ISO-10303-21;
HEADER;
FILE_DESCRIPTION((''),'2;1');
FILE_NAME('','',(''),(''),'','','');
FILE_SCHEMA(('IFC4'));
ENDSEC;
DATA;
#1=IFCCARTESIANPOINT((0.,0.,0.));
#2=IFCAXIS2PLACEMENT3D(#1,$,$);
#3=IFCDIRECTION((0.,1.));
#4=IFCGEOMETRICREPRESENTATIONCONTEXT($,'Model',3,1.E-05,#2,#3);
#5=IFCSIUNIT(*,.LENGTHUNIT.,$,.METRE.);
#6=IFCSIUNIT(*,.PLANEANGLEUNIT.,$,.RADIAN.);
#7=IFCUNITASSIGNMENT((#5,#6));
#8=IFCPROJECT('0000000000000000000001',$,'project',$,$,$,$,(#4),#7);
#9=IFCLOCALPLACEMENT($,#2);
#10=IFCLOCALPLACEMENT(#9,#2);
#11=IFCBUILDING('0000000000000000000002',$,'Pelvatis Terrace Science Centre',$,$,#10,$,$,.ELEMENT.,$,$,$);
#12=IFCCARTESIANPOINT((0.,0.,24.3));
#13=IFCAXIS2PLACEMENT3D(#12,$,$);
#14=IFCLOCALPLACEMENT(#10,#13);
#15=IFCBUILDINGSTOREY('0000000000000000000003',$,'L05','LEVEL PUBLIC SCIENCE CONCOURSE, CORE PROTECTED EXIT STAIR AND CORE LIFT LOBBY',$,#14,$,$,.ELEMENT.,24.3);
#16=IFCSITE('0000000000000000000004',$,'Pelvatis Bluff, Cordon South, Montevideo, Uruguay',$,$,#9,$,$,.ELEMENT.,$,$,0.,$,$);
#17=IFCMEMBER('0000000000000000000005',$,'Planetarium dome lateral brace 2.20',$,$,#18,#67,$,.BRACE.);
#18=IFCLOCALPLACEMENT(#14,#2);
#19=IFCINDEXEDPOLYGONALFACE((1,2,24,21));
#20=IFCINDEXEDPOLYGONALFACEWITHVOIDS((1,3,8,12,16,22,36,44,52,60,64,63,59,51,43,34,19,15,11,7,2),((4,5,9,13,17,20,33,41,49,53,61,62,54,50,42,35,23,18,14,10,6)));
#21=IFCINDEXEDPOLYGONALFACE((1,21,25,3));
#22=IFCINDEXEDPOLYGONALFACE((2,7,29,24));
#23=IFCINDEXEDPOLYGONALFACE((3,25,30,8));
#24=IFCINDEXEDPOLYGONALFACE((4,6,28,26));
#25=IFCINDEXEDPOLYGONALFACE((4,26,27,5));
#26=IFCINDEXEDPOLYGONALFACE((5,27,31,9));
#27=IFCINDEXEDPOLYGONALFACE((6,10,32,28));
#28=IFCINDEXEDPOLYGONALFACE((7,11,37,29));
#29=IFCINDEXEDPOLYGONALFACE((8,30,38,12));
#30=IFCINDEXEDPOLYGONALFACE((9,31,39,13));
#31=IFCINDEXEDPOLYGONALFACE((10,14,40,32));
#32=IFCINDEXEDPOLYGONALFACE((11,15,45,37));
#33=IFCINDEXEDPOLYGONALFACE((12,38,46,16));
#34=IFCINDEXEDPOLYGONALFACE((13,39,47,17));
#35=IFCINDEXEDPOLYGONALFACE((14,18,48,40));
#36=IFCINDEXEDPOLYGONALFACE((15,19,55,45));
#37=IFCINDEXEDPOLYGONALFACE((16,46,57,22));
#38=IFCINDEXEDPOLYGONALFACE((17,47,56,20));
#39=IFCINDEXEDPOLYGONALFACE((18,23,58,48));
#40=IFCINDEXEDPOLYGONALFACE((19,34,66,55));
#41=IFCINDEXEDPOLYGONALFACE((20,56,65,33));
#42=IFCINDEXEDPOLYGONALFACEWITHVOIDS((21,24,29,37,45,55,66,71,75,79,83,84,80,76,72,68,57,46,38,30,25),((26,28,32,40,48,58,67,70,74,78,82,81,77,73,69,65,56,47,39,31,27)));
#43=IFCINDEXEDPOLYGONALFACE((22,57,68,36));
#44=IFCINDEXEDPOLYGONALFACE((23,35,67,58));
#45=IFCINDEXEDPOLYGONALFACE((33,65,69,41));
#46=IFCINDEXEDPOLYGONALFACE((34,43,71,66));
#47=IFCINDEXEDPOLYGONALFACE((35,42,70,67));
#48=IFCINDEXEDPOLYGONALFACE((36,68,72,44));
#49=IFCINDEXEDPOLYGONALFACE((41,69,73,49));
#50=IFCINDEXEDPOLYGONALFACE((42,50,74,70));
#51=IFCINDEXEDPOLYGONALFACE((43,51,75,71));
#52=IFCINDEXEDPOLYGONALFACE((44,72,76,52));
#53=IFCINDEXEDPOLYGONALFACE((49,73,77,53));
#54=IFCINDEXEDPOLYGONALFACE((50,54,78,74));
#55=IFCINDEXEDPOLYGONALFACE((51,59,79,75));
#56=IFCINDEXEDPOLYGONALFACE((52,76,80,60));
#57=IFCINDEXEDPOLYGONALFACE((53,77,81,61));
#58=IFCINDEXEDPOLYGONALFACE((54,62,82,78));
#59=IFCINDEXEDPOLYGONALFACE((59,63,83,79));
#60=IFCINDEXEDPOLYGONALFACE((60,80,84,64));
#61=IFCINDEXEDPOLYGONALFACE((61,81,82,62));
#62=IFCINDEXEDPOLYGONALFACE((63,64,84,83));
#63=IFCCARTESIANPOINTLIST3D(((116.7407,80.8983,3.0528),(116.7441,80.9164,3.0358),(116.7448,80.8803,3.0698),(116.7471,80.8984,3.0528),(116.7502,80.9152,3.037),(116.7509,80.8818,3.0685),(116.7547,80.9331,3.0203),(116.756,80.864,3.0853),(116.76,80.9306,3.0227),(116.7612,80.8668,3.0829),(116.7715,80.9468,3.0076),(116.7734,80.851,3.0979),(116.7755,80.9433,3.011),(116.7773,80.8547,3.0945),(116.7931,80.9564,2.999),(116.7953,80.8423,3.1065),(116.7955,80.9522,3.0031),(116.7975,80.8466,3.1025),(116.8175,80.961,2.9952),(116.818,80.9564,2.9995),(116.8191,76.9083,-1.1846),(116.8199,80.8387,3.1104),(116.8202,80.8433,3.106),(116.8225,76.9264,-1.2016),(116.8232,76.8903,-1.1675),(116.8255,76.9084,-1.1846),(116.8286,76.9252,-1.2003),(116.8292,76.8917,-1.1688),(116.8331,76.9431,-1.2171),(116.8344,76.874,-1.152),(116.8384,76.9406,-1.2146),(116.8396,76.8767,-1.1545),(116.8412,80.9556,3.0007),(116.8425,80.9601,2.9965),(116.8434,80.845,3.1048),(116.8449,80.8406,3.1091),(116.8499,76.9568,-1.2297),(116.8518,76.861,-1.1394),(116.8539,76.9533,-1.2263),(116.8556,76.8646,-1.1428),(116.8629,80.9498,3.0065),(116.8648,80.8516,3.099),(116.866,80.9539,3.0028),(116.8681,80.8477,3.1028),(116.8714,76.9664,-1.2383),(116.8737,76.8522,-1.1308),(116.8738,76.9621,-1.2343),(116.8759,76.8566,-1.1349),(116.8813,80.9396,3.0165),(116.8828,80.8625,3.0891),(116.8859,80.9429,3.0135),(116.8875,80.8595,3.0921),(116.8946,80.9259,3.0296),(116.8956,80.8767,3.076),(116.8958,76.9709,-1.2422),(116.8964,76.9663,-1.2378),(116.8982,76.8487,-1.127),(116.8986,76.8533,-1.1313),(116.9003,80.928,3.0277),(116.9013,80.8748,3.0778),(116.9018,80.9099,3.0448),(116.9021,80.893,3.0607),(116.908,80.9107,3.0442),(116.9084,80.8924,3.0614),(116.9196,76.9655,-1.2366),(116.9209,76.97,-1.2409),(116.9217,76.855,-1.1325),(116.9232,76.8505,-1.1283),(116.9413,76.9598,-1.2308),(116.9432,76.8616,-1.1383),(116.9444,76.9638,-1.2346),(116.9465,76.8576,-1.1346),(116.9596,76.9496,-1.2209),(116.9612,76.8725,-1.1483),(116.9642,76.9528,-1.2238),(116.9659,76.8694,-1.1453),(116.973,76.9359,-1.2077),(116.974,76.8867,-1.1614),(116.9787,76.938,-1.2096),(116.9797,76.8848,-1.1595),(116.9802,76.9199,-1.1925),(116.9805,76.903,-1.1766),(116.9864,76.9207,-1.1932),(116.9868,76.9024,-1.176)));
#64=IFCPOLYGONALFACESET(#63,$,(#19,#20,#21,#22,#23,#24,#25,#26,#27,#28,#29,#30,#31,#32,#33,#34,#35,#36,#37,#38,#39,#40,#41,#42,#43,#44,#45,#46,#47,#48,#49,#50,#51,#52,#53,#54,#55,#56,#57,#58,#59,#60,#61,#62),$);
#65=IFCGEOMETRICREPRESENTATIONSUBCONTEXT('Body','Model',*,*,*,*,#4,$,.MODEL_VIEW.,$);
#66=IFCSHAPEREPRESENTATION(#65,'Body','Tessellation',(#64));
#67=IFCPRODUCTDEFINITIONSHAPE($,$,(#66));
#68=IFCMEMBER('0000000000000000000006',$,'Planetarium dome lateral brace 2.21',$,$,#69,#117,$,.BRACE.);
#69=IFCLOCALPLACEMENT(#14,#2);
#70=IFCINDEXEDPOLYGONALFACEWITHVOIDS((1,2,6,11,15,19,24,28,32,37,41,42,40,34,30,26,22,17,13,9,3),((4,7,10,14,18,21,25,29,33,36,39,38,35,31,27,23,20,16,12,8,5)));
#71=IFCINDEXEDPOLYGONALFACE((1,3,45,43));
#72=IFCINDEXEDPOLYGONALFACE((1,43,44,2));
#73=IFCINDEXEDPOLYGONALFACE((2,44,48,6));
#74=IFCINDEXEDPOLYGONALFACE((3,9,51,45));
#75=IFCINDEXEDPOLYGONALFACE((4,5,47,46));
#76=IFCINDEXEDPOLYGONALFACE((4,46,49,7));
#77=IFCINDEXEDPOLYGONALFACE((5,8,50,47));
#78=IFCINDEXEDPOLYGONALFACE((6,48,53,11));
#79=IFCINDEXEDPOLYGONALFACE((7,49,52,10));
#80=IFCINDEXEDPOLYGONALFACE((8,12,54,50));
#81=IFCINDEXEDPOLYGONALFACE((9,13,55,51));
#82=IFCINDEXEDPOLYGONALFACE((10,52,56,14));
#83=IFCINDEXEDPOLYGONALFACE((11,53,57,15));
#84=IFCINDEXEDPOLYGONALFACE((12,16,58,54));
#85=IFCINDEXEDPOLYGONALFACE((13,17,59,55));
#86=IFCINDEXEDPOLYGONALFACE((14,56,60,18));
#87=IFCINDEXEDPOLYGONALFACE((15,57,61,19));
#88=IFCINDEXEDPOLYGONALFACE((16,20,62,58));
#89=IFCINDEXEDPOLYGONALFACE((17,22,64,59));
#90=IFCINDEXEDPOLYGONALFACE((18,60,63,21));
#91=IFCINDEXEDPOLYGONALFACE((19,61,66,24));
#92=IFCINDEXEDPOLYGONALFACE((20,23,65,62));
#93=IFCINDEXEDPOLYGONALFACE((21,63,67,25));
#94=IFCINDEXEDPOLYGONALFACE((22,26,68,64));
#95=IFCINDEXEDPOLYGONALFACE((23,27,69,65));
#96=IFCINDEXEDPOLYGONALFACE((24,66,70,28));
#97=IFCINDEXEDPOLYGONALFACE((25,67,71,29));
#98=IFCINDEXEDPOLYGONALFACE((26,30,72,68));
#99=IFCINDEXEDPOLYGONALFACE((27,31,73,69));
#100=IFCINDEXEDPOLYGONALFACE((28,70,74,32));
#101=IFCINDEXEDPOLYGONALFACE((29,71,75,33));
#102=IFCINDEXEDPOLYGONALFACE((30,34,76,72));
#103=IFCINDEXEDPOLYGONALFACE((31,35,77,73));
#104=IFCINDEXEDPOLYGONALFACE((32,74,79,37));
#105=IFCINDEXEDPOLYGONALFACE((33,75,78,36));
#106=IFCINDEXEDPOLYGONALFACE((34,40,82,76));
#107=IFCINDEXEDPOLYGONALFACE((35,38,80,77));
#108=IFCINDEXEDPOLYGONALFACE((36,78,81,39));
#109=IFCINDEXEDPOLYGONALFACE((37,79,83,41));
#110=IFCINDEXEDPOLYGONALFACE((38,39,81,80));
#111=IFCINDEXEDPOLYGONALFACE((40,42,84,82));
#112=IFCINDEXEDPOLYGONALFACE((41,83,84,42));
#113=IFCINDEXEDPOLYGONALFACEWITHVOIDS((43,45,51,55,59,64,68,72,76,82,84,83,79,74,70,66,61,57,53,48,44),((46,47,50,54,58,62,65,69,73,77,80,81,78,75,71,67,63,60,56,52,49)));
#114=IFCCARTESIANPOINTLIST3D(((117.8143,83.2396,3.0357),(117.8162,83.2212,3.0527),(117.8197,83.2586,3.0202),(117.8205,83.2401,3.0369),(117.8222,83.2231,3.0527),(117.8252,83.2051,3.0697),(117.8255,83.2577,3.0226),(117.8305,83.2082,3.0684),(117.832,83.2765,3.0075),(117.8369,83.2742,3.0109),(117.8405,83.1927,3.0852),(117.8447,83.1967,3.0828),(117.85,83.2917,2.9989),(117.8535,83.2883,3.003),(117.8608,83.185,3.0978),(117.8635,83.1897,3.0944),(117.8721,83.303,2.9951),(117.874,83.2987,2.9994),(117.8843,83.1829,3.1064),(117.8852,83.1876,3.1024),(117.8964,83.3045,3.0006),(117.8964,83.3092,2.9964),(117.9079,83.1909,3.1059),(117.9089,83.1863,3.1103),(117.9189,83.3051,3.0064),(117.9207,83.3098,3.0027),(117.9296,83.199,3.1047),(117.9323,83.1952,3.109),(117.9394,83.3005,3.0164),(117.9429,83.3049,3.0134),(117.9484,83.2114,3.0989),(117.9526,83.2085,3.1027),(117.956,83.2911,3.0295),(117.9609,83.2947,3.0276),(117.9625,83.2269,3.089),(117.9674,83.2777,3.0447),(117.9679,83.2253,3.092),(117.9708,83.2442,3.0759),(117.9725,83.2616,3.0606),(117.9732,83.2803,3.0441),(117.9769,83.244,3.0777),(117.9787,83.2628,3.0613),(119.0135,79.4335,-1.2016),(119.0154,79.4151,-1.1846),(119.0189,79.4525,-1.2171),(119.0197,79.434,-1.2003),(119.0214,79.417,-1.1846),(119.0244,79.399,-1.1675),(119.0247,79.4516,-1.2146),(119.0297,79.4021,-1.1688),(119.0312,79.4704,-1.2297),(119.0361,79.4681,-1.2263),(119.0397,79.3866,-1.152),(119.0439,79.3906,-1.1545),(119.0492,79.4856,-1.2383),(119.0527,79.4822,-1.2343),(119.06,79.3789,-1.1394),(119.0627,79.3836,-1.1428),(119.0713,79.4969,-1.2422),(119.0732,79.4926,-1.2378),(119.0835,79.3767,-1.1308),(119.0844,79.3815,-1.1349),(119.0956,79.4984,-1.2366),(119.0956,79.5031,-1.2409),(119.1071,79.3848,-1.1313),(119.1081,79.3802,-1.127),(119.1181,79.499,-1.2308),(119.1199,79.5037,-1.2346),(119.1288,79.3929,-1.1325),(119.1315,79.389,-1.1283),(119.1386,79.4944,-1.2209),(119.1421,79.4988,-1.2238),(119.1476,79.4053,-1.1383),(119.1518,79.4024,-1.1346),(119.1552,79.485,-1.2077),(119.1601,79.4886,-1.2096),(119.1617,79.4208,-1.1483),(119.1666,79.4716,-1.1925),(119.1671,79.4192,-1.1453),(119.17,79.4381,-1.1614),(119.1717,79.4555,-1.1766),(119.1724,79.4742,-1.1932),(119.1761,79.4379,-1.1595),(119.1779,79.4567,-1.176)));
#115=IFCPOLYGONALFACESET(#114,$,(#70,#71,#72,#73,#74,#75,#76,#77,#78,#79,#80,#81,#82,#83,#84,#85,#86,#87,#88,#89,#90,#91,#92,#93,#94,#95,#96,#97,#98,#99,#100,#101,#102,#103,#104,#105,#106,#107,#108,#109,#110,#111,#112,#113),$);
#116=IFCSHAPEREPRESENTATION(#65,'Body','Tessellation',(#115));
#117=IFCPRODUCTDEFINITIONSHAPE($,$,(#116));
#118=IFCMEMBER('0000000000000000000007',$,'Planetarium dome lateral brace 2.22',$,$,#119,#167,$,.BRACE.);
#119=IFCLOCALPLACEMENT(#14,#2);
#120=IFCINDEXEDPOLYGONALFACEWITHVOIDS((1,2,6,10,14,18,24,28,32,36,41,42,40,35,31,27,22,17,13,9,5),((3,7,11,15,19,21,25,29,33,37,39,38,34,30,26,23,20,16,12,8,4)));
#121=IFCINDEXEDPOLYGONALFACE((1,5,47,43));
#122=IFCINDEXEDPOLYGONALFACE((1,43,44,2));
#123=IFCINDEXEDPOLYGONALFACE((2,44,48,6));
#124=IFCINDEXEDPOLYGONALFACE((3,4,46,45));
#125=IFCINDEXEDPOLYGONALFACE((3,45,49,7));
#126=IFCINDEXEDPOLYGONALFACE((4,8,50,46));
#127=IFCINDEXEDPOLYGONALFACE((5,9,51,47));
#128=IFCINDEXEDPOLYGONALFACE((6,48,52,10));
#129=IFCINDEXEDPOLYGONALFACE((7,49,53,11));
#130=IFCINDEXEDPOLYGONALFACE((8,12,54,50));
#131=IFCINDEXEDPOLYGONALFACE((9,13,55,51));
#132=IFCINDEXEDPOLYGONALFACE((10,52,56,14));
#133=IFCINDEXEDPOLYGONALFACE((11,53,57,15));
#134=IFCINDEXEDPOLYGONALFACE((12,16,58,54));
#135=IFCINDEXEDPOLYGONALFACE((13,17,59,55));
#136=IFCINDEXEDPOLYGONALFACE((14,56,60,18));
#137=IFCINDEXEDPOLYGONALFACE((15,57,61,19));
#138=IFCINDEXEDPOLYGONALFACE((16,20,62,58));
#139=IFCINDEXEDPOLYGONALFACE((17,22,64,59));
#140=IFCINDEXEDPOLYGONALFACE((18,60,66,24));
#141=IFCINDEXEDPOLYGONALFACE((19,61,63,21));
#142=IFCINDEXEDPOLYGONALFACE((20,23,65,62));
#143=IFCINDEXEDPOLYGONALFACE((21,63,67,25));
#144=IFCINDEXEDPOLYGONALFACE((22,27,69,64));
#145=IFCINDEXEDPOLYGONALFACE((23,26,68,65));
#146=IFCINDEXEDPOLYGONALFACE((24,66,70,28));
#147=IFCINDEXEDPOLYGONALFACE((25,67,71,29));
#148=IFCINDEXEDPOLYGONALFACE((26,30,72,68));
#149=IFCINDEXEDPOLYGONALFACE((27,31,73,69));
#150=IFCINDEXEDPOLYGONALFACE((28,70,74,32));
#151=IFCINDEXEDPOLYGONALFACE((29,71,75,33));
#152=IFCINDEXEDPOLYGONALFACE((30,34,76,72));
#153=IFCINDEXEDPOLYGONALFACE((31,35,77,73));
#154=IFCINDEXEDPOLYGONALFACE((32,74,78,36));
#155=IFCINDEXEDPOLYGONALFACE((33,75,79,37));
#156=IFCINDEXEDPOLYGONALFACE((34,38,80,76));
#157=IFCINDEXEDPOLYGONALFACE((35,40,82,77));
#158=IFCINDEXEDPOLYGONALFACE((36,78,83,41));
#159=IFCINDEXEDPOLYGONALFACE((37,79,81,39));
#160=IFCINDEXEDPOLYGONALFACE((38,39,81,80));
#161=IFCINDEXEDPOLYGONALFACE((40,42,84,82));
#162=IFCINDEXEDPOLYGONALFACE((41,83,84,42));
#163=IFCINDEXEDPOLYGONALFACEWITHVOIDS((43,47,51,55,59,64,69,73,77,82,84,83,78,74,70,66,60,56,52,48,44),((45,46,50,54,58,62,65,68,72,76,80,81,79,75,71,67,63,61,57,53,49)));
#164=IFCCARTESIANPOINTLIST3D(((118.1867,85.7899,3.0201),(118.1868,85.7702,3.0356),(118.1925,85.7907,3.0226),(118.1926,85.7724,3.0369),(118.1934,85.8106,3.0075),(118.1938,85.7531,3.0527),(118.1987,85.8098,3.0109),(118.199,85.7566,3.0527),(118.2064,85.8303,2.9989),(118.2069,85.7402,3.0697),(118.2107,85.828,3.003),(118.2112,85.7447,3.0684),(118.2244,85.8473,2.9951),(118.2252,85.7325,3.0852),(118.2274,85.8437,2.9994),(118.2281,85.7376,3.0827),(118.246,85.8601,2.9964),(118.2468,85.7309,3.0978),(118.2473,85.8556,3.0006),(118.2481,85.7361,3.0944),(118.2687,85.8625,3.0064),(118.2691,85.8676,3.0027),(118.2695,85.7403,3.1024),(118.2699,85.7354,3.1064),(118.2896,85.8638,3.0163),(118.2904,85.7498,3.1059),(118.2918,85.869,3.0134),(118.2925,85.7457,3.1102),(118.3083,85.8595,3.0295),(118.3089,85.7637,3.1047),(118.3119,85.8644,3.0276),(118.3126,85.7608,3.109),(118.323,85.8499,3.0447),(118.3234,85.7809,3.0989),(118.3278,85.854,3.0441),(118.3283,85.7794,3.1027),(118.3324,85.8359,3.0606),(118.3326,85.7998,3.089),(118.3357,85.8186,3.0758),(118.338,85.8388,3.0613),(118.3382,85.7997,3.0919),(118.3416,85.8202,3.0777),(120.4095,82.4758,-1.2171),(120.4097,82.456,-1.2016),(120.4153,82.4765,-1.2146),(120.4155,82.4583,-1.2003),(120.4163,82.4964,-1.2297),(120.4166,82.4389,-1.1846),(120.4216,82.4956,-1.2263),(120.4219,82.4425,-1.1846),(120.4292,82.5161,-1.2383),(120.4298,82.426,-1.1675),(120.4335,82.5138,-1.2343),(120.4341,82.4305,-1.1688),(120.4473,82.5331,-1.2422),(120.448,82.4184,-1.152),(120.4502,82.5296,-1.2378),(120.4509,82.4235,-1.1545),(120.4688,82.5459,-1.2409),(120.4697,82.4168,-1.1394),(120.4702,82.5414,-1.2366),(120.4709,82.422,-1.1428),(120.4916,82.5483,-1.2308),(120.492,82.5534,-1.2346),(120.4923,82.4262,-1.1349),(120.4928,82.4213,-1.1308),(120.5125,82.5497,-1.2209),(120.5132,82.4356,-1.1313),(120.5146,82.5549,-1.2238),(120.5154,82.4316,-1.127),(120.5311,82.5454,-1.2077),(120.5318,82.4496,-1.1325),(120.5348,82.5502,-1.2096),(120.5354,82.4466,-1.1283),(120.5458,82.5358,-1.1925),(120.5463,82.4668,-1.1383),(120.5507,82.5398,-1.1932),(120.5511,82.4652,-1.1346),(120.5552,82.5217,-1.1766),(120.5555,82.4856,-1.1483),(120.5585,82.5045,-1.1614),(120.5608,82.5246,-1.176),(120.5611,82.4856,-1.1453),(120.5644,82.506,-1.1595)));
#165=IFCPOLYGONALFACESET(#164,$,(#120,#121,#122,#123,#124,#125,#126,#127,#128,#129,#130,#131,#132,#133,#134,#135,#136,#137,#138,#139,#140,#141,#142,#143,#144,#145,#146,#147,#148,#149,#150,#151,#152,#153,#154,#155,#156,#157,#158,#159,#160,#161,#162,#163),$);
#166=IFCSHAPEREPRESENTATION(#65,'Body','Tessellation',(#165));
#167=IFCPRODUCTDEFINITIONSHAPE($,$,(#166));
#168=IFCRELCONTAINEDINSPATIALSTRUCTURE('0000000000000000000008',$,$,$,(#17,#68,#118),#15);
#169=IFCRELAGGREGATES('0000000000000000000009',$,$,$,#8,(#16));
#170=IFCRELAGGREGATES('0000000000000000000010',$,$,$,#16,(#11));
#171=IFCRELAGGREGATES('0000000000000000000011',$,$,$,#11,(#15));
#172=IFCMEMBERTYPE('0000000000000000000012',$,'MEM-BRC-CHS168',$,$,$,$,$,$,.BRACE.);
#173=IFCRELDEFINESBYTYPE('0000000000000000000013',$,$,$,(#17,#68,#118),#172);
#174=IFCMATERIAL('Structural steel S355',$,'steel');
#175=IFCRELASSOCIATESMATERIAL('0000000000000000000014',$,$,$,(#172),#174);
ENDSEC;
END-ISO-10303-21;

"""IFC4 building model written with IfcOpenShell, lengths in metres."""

from ifc_helpers import new_model, si_unit, direction, frame, origin, origin_2d, place, context, subcontext, project, spatial, hollow_circle, extrude, material, material_profile, profile_set, type_object, element, save


model = new_model("IFC4")

# Units and contexts
model_context = context("Model", 3, precision=1e-05, world=origin(), true_north=direction((0.0, 1.0)))
body_context = subcontext(model_context, "Body", "Model", "MODEL_VIEW")
ifc_project = project(units=[si_unit("LENGTHUNIT", "METRE"), si_unit("PLANEANGLEUNIT", "RADIAN")], contexts=[model_context])

# Site, building, storey
site_placement = place(None, origin())
site = spatial("IfcSite", under=ifc_project, at=site_placement, Name="Pelvatis Bluff, Cordon South, Montevideo, Uruguay", CompositionType="ELEMENT", RefElevation=0.0)
building_placement = place(site_placement, origin())
building = spatial("IfcBuilding", under=site, at=building_placement, Name="Pelvatis Terrace Science Centre", CompositionType="ELEMENT")
storey_placement = place(building_placement, frame((0.0, 0.0, 24.3)))
storey = spatial("IfcBuildingStorey", under=building, at=storey_placement, Name="L05", Description="LEVEL PUBLIC SCIENCE CONCOURSE, CORE PROTECTED EXIT STAIR AND CORE LIFT LOBBY", CompositionType="ELEMENT", Elevation=24.3)

# Members
ifc_material_1 = material(Name="Structural steel S355", Category="steel")
ifc_material_profile_1 = material_profile(ifc_material_1, hollow_circle(Radius=0.0842, WallThickness=0.0063, at=origin_2d()), Name="CHS 168.3x6.3")
ifc_profile_set_1 = profile_set([ifc_material_profile_1], Name="Structural steel S355")
member_type_1 = type_object("IfcMemberType", Name="MEM-BRC-CHS168", PredefinedType="BRACE", material=ifc_profile_set_1)
member_placement = place(storey_placement, frame((116.9033, 76.9099, -1.1846), z_axis=(-0.013464, 0.685479, 0.727968), x_axis=(-0.999807, -0.019638, 0.0)))
element("IfcMember", 1, at=member_placement, inside=storey, type_object=member_type_1, Name="Planetarium dome lateral brace 2.20", PredefinedType="BRACE", context=body_context, shape_type="SweptSolid", body=[
    extrude(hollow_circle(Radius=0.0842, WallThickness=0.0063, at=origin_2d()), origin(), (0.0, 0.0, 1.0), 5.8208),
])
for number, where, z_axis, x_axis, name in (
    (2, (119.0957, 79.4404, -1.1846), (-0.206029, 0.653908, 0.727981), (-0.953778, -0.300511, 0.0), "Planetarium dome lateral brace 2.21"),
    (3, (120.4866, 82.4858, -1.1846), (-0.381899, 0.569388, 0.727977), (-0.830494, -0.557027, 0.0), "Planetarium dome lateral brace 2.22"),
):
    element("IfcMember", number, at=place(storey_placement, frame(where, z_axis=z_axis, x_axis=x_axis)), inside=storey, type_object=member_type_1, Name=name, PredefinedType="BRACE", context=body_context, shape_type="SweptSolid", body=[
        extrude(hollow_circle(Radius=0.0842, WallThickness=0.0063, at=origin_2d()), origin(), (0.0, 0.0, 1.0), 5.8206),
    ])

save(model, "model.ifc")
